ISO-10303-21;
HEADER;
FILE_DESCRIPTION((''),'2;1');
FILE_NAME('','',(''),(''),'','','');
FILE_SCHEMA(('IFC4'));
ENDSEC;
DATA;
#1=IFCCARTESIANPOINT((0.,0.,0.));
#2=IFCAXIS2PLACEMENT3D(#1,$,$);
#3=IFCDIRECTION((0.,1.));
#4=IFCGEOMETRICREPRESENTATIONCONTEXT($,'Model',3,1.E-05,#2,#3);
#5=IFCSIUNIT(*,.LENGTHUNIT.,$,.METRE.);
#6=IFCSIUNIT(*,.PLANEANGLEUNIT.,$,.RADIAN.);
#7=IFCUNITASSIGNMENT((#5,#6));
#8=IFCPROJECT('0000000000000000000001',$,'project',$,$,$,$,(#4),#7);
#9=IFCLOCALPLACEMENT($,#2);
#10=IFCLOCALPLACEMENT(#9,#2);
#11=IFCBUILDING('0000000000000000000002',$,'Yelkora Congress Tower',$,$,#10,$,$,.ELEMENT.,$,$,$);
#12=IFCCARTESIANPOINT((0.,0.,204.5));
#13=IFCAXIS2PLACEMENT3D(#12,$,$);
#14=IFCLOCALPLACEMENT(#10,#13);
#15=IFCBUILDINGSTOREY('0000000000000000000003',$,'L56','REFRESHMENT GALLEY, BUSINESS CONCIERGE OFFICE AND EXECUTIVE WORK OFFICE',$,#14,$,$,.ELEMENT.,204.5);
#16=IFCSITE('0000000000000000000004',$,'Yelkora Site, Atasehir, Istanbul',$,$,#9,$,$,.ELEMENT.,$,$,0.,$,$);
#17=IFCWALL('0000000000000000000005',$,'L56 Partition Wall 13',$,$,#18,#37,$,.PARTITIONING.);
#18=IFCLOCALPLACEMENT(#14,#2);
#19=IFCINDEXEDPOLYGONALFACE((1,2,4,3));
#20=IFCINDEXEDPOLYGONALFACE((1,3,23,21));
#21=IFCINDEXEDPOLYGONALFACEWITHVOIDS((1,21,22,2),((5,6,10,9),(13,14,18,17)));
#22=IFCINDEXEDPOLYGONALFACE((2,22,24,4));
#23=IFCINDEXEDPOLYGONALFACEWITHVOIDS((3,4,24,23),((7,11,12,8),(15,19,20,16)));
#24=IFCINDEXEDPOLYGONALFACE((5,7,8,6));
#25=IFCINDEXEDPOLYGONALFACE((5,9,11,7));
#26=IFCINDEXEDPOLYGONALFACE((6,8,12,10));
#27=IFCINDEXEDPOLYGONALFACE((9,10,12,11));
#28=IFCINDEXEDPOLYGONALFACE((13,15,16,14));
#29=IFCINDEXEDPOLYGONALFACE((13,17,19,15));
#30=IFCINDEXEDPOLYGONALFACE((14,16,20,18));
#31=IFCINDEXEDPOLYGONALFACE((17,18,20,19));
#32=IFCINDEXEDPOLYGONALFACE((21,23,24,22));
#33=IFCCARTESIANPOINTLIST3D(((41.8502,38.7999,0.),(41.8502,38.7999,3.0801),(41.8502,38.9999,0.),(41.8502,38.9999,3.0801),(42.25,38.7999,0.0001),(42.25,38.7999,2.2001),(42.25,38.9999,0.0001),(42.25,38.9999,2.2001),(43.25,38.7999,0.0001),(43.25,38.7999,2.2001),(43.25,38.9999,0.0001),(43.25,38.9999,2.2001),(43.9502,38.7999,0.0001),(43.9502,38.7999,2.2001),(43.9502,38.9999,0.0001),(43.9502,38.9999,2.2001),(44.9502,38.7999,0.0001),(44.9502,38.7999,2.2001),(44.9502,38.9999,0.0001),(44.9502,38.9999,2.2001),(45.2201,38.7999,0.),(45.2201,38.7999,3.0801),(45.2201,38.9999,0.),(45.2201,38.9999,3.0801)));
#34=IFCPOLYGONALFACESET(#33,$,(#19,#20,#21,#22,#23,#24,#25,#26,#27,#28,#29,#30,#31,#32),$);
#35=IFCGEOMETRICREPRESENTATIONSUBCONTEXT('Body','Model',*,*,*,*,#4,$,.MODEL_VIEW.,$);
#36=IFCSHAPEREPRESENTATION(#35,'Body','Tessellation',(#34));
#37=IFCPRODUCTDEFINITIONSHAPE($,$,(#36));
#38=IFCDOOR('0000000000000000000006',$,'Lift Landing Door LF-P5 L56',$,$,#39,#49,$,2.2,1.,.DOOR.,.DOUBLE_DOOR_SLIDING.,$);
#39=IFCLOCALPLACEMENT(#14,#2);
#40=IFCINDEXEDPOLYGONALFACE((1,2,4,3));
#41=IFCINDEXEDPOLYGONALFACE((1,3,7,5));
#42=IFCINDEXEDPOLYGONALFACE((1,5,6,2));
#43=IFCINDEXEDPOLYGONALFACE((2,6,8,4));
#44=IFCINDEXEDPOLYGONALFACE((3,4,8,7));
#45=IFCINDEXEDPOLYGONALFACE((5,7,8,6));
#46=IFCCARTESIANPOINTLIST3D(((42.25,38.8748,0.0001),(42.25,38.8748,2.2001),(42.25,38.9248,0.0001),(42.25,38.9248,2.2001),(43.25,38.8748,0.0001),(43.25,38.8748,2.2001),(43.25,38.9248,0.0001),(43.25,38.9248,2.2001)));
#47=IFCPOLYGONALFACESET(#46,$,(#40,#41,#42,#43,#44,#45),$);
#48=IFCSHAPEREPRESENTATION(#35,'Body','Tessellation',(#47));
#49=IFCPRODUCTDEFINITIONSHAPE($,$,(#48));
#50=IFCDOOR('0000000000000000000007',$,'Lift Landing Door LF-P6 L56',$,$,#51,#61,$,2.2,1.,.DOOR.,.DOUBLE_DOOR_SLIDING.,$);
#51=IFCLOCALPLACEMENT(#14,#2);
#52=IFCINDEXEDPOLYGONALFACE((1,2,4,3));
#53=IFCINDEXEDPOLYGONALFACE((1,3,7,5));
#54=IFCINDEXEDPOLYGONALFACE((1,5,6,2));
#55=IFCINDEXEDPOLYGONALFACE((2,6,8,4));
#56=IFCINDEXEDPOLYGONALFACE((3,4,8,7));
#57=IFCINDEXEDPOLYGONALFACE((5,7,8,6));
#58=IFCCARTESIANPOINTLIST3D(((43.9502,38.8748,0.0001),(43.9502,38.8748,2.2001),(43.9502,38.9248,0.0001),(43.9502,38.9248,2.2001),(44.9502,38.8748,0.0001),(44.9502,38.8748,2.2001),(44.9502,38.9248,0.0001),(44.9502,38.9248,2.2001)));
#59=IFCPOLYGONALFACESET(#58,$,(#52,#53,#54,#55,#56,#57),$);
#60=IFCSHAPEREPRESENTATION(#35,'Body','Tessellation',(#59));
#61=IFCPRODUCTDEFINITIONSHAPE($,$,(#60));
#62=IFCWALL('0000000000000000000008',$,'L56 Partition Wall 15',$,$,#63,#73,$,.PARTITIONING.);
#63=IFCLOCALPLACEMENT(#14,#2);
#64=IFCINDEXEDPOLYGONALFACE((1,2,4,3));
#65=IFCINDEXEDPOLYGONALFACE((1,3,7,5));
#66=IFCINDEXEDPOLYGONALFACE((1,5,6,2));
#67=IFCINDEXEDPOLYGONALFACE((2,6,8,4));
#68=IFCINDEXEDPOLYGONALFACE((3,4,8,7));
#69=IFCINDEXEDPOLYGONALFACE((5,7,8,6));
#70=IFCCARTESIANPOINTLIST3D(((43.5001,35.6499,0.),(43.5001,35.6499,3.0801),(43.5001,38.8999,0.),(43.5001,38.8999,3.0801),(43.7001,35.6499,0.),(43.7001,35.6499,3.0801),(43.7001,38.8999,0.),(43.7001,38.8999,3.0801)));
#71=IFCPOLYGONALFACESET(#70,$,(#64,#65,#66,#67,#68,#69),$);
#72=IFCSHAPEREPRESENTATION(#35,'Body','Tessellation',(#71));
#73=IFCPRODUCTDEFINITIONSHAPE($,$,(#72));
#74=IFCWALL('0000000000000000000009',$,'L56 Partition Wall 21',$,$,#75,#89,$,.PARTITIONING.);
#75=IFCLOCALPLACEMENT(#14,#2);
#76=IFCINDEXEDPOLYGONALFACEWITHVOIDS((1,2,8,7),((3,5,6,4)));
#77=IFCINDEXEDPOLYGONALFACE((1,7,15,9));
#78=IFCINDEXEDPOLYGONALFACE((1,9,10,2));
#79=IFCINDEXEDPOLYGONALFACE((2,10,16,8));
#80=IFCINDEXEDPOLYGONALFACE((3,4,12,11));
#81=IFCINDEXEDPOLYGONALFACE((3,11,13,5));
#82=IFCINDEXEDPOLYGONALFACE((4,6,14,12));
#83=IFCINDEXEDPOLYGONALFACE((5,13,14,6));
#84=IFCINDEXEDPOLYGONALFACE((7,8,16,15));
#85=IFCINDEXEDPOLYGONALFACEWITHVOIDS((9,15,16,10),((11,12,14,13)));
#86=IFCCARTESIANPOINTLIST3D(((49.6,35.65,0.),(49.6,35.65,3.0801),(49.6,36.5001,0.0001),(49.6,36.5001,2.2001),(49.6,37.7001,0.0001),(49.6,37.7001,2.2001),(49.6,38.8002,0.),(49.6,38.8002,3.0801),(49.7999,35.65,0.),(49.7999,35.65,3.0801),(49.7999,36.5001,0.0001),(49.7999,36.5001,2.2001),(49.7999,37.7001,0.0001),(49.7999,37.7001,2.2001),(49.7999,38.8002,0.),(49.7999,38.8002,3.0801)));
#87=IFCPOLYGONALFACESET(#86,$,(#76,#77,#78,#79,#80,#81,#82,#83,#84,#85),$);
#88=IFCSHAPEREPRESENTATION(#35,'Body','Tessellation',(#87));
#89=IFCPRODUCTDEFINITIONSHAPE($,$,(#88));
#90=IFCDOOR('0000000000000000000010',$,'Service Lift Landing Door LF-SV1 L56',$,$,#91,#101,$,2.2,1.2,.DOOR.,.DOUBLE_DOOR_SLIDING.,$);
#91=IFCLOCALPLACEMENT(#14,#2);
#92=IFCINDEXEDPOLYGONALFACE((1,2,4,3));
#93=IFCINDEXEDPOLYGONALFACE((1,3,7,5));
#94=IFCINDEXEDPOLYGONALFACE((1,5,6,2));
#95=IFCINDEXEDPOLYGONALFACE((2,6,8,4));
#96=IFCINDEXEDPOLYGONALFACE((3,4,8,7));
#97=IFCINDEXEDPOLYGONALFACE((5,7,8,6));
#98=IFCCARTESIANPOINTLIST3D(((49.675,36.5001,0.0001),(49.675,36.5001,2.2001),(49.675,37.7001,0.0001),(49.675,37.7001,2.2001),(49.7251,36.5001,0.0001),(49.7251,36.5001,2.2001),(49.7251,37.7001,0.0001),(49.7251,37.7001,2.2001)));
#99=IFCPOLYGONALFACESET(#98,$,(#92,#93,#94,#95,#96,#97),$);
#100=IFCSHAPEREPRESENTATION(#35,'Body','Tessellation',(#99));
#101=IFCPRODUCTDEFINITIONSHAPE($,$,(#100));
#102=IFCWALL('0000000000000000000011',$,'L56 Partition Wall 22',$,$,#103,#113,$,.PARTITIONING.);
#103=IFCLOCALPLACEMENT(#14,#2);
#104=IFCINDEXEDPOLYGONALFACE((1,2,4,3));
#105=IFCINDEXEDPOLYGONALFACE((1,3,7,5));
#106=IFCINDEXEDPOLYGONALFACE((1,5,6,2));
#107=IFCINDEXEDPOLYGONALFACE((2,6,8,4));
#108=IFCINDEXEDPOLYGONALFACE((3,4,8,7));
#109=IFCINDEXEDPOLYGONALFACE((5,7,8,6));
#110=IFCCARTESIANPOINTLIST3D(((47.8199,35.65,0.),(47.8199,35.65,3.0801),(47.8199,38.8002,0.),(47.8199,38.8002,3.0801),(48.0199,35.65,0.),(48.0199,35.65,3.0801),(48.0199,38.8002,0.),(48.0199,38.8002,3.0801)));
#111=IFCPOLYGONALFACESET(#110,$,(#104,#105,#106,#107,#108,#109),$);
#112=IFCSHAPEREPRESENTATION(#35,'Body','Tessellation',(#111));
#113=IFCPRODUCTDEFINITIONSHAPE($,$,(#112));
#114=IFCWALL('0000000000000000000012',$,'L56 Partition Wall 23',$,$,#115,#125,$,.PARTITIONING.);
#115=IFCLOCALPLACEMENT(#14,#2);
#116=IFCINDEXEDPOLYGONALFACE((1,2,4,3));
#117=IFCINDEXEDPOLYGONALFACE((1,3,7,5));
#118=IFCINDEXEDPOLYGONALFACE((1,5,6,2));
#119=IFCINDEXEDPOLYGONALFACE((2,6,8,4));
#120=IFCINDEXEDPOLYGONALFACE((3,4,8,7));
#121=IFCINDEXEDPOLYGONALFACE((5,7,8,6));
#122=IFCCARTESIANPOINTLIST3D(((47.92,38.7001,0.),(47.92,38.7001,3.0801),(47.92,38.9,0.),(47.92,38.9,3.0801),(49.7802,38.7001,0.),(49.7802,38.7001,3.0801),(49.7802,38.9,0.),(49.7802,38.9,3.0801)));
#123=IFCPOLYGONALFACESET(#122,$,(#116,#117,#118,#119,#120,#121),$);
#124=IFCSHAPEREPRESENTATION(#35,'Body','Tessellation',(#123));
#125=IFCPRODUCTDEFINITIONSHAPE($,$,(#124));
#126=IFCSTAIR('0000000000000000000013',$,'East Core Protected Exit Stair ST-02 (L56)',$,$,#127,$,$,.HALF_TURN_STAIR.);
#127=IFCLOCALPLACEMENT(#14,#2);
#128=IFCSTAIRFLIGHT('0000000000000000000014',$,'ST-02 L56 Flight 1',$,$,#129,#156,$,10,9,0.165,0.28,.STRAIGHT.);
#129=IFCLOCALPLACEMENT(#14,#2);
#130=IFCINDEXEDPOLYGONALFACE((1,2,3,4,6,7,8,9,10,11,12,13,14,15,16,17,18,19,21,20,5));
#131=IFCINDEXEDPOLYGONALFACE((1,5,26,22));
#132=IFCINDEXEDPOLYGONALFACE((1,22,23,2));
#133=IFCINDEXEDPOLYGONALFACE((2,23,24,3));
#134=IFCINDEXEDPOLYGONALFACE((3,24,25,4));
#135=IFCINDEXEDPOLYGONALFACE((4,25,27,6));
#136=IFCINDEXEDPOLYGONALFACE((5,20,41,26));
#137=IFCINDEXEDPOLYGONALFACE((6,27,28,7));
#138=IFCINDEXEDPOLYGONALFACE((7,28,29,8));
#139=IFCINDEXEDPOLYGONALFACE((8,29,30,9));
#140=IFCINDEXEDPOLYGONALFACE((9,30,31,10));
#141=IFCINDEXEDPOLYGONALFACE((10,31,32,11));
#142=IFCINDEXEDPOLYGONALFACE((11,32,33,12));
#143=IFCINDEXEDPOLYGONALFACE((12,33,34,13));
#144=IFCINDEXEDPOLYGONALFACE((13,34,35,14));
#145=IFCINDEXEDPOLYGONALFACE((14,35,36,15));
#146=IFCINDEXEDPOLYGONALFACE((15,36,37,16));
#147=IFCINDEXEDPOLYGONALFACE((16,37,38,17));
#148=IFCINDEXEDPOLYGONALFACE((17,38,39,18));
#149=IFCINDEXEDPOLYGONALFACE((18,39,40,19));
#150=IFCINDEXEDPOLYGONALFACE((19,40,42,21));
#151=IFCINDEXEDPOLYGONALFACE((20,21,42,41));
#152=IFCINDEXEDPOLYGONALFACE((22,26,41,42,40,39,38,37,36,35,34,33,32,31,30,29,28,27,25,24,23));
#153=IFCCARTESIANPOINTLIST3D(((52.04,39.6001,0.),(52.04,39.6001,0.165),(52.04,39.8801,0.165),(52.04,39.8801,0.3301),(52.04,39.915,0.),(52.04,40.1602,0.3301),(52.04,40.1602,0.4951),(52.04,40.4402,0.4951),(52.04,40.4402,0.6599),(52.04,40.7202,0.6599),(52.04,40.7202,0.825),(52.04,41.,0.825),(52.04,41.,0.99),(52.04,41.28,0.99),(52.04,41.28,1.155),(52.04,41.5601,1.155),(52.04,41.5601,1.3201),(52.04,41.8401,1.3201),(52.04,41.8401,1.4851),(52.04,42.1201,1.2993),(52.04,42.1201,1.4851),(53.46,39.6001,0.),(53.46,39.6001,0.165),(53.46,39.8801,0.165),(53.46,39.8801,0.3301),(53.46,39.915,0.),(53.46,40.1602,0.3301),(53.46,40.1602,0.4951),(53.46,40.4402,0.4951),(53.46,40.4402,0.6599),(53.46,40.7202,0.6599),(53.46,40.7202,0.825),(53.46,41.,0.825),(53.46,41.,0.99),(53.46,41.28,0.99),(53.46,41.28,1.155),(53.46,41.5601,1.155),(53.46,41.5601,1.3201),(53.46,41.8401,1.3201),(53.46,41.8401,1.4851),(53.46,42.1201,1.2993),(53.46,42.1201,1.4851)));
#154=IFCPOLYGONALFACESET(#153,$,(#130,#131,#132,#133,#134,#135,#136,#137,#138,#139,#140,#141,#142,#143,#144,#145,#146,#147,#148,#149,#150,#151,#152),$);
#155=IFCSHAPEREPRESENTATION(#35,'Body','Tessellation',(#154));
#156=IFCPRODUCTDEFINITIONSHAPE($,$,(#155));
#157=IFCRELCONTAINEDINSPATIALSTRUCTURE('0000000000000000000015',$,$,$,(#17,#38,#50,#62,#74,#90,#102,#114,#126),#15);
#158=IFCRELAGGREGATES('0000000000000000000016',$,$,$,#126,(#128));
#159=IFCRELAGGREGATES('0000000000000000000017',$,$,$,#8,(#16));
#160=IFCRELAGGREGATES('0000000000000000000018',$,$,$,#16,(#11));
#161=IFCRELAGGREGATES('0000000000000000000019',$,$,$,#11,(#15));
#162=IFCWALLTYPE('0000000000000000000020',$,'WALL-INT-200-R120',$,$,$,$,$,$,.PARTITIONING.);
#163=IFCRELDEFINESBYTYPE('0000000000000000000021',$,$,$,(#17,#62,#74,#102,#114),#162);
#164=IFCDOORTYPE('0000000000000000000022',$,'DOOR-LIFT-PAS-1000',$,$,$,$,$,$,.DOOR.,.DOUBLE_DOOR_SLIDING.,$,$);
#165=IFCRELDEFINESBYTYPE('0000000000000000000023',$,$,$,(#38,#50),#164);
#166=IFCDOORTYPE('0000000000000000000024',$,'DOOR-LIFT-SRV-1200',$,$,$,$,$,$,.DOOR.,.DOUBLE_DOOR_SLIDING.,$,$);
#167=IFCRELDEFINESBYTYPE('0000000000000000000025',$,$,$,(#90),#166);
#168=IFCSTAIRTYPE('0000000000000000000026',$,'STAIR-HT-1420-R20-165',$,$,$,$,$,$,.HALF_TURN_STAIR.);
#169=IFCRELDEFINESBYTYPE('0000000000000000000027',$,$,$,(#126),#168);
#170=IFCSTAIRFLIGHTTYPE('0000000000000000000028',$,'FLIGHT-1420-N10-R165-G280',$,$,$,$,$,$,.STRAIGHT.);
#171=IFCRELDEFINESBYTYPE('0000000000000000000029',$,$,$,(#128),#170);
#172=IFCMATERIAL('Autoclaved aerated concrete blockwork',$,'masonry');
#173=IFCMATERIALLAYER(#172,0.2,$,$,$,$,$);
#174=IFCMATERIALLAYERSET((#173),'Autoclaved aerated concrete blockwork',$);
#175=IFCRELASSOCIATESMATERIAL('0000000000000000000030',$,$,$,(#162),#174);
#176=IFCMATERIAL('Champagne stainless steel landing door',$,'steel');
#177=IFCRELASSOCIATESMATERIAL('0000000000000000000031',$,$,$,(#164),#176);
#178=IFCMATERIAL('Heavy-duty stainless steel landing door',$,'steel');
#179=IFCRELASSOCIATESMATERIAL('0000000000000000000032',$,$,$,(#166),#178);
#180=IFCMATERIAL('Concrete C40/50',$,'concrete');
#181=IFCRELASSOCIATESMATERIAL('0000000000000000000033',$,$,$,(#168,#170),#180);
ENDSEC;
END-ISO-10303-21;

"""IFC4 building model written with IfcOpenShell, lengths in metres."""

from ifc_helpers import new_model, si_unit, direction, frame, frame_2d, origin, place, context, subcontext, project, spatial, polyline, rectangle, outline, extrude, material, layer, layer_set, type_object, element, fill, aggregate, save


model = new_model("IFC4")

# Units and contexts
model_context = context("Model", 3, precision=1e-05, world=origin(), true_north=direction((0.0, 1.0)))
body_context = subcontext(model_context, "Body", "Model", "MODEL_VIEW")
ifc_project = project(units=[si_unit("LENGTHUNIT", "METRE"), si_unit("PLANEANGLEUNIT", "RADIAN")], contexts=[model_context])

# Site, building, storey
site_placement = place(None, origin())
site = spatial("IfcSite", under=ifc_project, at=site_placement, Name="Yelkora Site, Atasehir, Istanbul", CompositionType="ELEMENT", RefElevation=0.0)
building_placement = place(site_placement, origin())
building = spatial("IfcBuilding", under=site, at=building_placement, Name="Yelkora Congress Tower", CompositionType="ELEMENT")
storey_placement = place(building_placement, frame((0.0, 0.0, 204.5)))
storey = spatial("IfcBuildingStorey", under=building, at=storey_placement, Name="L56", Description="REFRESHMENT GALLEY, BUSINESS CONCIERGE OFFICE AND EXECUTIVE WORK OFFICE", CompositionType="ELEMENT", Elevation=204.5)

# Wall, openings, doors
ifc_material_1 = material(Name="Autoclaved aerated concrete blockwork", Category="masonry")
ifc_layer_1 = layer(ifc_material_1, 0.2)
ifc_layer_set_1 = layer_set([ifc_layer_1], Name="Autoclaved aerated concrete blockwork")
wall_type_1 = type_object("IfcWallType", Name="WALL-INT-200-R120", PredefinedType="PARTITIONING", material=ifc_layer_set_1)
wall_1_placement = place(storey_placement, frame((41.8501, 38.8999, 0.0), z_axis=(0.0, 0.0, 1.0), x_axis=(1.0, 0.0, 0.0)))
wall_1 = element("IfcWall", 1, at=wall_1_placement, inside=storey, type_object=wall_type_1, Name="L56 Partition Wall 13", PredefinedType="PARTITIONING", context=body_context, shape_type="SweptSolid", body=[
    extrude(rectangle(XDim=3.3699, YDim=0.2, at=frame_2d((1.6851, 0.0))), origin(), (0.0, 0.0, 1.0), 3.0801),
])
opening_1_placement = place(wall_1_placement, frame((0.3999, 0.0, 0.0)))
opening_1 = element("IfcOpeningElement", 2, at=opening_1_placement, cuts=wall_1, PredefinedType="OPENING", context=body_context, shape_type="SweptSolid", body=[
    extrude(rectangle(XDim=1.0, YDim=2.2, at=frame_2d((0.5, 1.1001))), frame((0.0, 0.1099, 0.0), z_axis=(0.0, -1.0, 0.0), x_axis=(1.0, 0.0, 0.0)), (0.0, 0.0, 1.0), 0.22),
])
opening_2_placement = place(wall_1_placement, frame((2.1001, 0.0, 0.0)))
opening_2 = element("IfcOpeningElement", 3, at=opening_2_placement, cuts=wall_1, PredefinedType="OPENING", context=body_context, shape_type="SweptSolid", body=[
    extrude(rectangle(XDim=1.0, YDim=2.2, at=frame_2d((0.5, 1.1001))), frame((0.0, 0.1099, 0.0), z_axis=(0.0, -1.0, 0.0), x_axis=(1.0, 0.0, 0.0)), (0.0, 0.0, 1.0), 0.22),
])
ifc_material_2 = material(Name="Champagne stainless steel landing door", Category="steel")
door_type_1 = type_object("IfcDoorType", Name="DOOR-LIFT-PAS-1000", OperationType="DOUBLE_DOOR_SLIDING", PredefinedType="DOOR", material=ifc_material_2)
door_1_placement = place(opening_1_placement, origin())
door_1 = element("IfcDoor", 4, at=door_1_placement, inside=storey, type_object=door_type_1, Name="Lift Landing Door LF-P5 L56", OperationType="DOUBLE_DOOR_SLIDING", OverallHeight=2.2, OverallWidth=1.0, PredefinedType="DOOR", context=body_context, shape_type="SweptSolid", body=[
    extrude(rectangle(XDim=1.0, YDim=2.2, at=frame_2d((0.5, 1.1001))), frame((0.0, 0.0249, 0.0), z_axis=(0.0, -1.0, 0.0), x_axis=(1.0, 0.0, 0.0)), (0.0, 0.0, 1.0), 0.05),
])
fill(opening_1, door_1)
door_2_placement = place(opening_2_placement, origin())
door_2 = element("IfcDoor", 5, at=door_2_placement, inside=storey, type_object=door_type_1, Name="Lift Landing Door LF-P6 L56", OperationType="DOUBLE_DOOR_SLIDING", OverallHeight=2.2, OverallWidth=1.0, PredefinedType="DOOR", context=body_context, shape_type="SweptSolid", body=[
    extrude(rectangle(XDim=1.0, YDim=2.2, at=frame_2d((0.5, 1.1001))), frame((0.0, 0.0249, 0.0), z_axis=(0.0, -1.0, 0.0), x_axis=(1.0, 0.0, 0.0)), (0.0, 0.0, 1.0), 0.05),
])
fill(opening_2, door_2)

# Wall
wall_2_placement = place(storey_placement, frame((43.6001, 35.6499, 0.0), z_axis=(0.0, 0.0, 1.0), x_axis=(0.0, 1.0, 0.0)))
element("IfcWall", 6, at=wall_2_placement, inside=storey, type_object=wall_type_1, Name="L56 Partition Wall 15", PredefinedType="PARTITIONING", context=body_context, shape_type="SweptSolid", body=[
    extrude(rectangle(XDim=3.25, YDim=0.2, at=frame_2d((1.625, 0.0))), origin(), (0.0, 0.0, 1.0), 3.0801),
])

# Wall, opening, door
wall_3_placement = place(storey_placement, frame((49.7, 35.6499, 0.0), z_axis=(0.0, 0.0, 1.0), x_axis=(0.0, 1.0, 0.0)))
wall_3 = element("IfcWall", 7, at=wall_3_placement, inside=storey, type_object=wall_type_1, Name="L56 Partition Wall 21", PredefinedType="PARTITIONING", context=body_context, shape_type="SweptSolid", body=[
    extrude(rectangle(XDim=3.1501, YDim=0.2, at=frame_2d((1.5752, 0.0))), origin(), (0.0, 0.0, 1.0), 3.0801),
])
opening_3_placement = place(wall_3_placement, frame((0.8501, 0.0, 0.0)))
opening_3 = element("IfcOpeningElement", 8, at=opening_3_placement, cuts=wall_3, PredefinedType="OPENING", context=body_context, shape_type="SweptSolid", body=[
    extrude(rectangle(XDim=1.2, YDim=2.2, at=frame_2d((0.6001, 1.1001))), frame((0.0, 0.1099, 0.0), z_axis=(0.0, -1.0, 0.0), x_axis=(1.0, 0.0, 0.0)), (0.0, 0.0, 1.0), 0.22),
])
ifc_material_3 = material(Name="Heavy-duty stainless steel landing door", Category="steel")
door_type_2 = type_object("IfcDoorType", Name="DOOR-LIFT-SRV-1200", OperationType="DOUBLE_DOOR_SLIDING", PredefinedType="DOOR", material=ifc_material_3)
door_3_placement = place(opening_3_placement, origin())
door_3 = element("IfcDoor", 9, at=door_3_placement, inside=storey, type_object=door_type_2, Name="Service Lift Landing Door LF-SV1 L56", OperationType="DOUBLE_DOOR_SLIDING", OverallHeight=2.2, OverallWidth=1.2, PredefinedType="DOOR", context=body_context, shape_type="SweptSolid", body=[
    extrude(rectangle(XDim=1.2, YDim=2.2, at=frame_2d((0.6001, 1.1001))), frame((0.0, 0.0249, 0.0), z_axis=(0.0, -1.0, 0.0), x_axis=(1.0, 0.0, 0.0)), (0.0, 0.0, 1.0), 0.05),
])
fill(opening_3, door_3)

# Walls
wall_4_placement = place(storey_placement, frame((47.9199, 35.6499, 0.0), z_axis=(0.0, 0.0, 1.0), x_axis=(0.0, 1.0, 0.0)))
element("IfcWall", 10, at=wall_4_placement, inside=storey, type_object=wall_type_1, Name="L56 Partition Wall 22", PredefinedType="PARTITIONING", context=body_context, shape_type="SweptSolid", body=[
    extrude(rectangle(XDim=3.1501, YDim=0.2, at=frame_2d((1.5752, 0.0))), origin(), (0.0, 0.0, 1.0), 3.0801),
])
wall_5_placement = place(storey_placement, frame((47.9199, 38.8, 0.0), z_axis=(0.0, 0.0, 1.0), x_axis=(1.0, 0.0, 0.0)))
element("IfcWall", 11, at=wall_5_placement, inside=storey, type_object=wall_type_1, Name="L56 Partition Wall 23", PredefinedType="PARTITIONING", context=body_context, shape_type="SweptSolid", body=[
    extrude(rectangle(XDim=1.8601, YDim=0.2, at=frame_2d((0.9302, 0.0))), origin(), (0.0, 0.0, 1.0), 3.0801),
])

# Stair, stair flight
ifc_material_4 = material(Name="Concrete C40/50", Category="concrete")
stair_type = type_object("IfcStairType", Name="STAIR-HT-1420-R20-165", PredefinedType="HALF_TURN_STAIR", material=ifc_material_4)
stair_placement = place(storey_placement, origin())
stair = element("IfcStair", 12, at=stair_placement, inside=storey, type_object=stair_type, Name="East Core Protected Exit Stair ST-02 (L56)", PredefinedType="HALF_TURN_STAIR")
stair_flight_type = type_object("IfcStairFlightType", Name="FLIGHT-1420-N10-R165-G280", PredefinedType="STRAIGHT", material=ifc_material_4)
stair_flight_1_placement = place(storey_placement, frame((52.75, 39.6001, 0.0), z_axis=(0.0, 0.0, 1.0), x_axis=(0.0, 1.0, 0.0)))
stair_flight_1 = element("IfcStairFlight", 13, at=stair_flight_1_placement, type_object=stair_flight_type, Name="ST-02 L56 Flight 1", NumberOfRisers=10, NumberOfTreads=9, PredefinedType="STRAIGHT", RiserHeight=0.165, TreadLength=0.28, context=body_context, shape_type="SweptSolid", body=[
    extrude(outline(polyline([(0.0, 0.0), (0.0, 0.165), (0.28, 0.165), (0.28, 0.3301), (0.5601, 0.3301), (0.5601, 0.4951), (0.8401, 0.4951), (0.8401, 0.6599), (1.1201, 0.6599), (1.1201, 0.825), (1.3999, 0.825), (1.3999, 0.99), (1.6799, 0.99), (1.6799, 1.155), (1.96, 1.155), (1.96, 1.3201), (2.24, 1.3201), (2.24, 1.4851), (2.52, 1.4851), (2.52, 1.6499), (2.52, 1.2993), (0.3149, 0.0), (0.0, 0.0)])), frame((0.0, 0.71, 0.0), z_axis=(0.0, -1.0, 0.0), x_axis=(1.0, 0.0, 0.0)), (0.0, 0.0, 1.0), 1.4199),
])
aggregate(stair, [stair_flight_1])

save(model, "model.ifc")
